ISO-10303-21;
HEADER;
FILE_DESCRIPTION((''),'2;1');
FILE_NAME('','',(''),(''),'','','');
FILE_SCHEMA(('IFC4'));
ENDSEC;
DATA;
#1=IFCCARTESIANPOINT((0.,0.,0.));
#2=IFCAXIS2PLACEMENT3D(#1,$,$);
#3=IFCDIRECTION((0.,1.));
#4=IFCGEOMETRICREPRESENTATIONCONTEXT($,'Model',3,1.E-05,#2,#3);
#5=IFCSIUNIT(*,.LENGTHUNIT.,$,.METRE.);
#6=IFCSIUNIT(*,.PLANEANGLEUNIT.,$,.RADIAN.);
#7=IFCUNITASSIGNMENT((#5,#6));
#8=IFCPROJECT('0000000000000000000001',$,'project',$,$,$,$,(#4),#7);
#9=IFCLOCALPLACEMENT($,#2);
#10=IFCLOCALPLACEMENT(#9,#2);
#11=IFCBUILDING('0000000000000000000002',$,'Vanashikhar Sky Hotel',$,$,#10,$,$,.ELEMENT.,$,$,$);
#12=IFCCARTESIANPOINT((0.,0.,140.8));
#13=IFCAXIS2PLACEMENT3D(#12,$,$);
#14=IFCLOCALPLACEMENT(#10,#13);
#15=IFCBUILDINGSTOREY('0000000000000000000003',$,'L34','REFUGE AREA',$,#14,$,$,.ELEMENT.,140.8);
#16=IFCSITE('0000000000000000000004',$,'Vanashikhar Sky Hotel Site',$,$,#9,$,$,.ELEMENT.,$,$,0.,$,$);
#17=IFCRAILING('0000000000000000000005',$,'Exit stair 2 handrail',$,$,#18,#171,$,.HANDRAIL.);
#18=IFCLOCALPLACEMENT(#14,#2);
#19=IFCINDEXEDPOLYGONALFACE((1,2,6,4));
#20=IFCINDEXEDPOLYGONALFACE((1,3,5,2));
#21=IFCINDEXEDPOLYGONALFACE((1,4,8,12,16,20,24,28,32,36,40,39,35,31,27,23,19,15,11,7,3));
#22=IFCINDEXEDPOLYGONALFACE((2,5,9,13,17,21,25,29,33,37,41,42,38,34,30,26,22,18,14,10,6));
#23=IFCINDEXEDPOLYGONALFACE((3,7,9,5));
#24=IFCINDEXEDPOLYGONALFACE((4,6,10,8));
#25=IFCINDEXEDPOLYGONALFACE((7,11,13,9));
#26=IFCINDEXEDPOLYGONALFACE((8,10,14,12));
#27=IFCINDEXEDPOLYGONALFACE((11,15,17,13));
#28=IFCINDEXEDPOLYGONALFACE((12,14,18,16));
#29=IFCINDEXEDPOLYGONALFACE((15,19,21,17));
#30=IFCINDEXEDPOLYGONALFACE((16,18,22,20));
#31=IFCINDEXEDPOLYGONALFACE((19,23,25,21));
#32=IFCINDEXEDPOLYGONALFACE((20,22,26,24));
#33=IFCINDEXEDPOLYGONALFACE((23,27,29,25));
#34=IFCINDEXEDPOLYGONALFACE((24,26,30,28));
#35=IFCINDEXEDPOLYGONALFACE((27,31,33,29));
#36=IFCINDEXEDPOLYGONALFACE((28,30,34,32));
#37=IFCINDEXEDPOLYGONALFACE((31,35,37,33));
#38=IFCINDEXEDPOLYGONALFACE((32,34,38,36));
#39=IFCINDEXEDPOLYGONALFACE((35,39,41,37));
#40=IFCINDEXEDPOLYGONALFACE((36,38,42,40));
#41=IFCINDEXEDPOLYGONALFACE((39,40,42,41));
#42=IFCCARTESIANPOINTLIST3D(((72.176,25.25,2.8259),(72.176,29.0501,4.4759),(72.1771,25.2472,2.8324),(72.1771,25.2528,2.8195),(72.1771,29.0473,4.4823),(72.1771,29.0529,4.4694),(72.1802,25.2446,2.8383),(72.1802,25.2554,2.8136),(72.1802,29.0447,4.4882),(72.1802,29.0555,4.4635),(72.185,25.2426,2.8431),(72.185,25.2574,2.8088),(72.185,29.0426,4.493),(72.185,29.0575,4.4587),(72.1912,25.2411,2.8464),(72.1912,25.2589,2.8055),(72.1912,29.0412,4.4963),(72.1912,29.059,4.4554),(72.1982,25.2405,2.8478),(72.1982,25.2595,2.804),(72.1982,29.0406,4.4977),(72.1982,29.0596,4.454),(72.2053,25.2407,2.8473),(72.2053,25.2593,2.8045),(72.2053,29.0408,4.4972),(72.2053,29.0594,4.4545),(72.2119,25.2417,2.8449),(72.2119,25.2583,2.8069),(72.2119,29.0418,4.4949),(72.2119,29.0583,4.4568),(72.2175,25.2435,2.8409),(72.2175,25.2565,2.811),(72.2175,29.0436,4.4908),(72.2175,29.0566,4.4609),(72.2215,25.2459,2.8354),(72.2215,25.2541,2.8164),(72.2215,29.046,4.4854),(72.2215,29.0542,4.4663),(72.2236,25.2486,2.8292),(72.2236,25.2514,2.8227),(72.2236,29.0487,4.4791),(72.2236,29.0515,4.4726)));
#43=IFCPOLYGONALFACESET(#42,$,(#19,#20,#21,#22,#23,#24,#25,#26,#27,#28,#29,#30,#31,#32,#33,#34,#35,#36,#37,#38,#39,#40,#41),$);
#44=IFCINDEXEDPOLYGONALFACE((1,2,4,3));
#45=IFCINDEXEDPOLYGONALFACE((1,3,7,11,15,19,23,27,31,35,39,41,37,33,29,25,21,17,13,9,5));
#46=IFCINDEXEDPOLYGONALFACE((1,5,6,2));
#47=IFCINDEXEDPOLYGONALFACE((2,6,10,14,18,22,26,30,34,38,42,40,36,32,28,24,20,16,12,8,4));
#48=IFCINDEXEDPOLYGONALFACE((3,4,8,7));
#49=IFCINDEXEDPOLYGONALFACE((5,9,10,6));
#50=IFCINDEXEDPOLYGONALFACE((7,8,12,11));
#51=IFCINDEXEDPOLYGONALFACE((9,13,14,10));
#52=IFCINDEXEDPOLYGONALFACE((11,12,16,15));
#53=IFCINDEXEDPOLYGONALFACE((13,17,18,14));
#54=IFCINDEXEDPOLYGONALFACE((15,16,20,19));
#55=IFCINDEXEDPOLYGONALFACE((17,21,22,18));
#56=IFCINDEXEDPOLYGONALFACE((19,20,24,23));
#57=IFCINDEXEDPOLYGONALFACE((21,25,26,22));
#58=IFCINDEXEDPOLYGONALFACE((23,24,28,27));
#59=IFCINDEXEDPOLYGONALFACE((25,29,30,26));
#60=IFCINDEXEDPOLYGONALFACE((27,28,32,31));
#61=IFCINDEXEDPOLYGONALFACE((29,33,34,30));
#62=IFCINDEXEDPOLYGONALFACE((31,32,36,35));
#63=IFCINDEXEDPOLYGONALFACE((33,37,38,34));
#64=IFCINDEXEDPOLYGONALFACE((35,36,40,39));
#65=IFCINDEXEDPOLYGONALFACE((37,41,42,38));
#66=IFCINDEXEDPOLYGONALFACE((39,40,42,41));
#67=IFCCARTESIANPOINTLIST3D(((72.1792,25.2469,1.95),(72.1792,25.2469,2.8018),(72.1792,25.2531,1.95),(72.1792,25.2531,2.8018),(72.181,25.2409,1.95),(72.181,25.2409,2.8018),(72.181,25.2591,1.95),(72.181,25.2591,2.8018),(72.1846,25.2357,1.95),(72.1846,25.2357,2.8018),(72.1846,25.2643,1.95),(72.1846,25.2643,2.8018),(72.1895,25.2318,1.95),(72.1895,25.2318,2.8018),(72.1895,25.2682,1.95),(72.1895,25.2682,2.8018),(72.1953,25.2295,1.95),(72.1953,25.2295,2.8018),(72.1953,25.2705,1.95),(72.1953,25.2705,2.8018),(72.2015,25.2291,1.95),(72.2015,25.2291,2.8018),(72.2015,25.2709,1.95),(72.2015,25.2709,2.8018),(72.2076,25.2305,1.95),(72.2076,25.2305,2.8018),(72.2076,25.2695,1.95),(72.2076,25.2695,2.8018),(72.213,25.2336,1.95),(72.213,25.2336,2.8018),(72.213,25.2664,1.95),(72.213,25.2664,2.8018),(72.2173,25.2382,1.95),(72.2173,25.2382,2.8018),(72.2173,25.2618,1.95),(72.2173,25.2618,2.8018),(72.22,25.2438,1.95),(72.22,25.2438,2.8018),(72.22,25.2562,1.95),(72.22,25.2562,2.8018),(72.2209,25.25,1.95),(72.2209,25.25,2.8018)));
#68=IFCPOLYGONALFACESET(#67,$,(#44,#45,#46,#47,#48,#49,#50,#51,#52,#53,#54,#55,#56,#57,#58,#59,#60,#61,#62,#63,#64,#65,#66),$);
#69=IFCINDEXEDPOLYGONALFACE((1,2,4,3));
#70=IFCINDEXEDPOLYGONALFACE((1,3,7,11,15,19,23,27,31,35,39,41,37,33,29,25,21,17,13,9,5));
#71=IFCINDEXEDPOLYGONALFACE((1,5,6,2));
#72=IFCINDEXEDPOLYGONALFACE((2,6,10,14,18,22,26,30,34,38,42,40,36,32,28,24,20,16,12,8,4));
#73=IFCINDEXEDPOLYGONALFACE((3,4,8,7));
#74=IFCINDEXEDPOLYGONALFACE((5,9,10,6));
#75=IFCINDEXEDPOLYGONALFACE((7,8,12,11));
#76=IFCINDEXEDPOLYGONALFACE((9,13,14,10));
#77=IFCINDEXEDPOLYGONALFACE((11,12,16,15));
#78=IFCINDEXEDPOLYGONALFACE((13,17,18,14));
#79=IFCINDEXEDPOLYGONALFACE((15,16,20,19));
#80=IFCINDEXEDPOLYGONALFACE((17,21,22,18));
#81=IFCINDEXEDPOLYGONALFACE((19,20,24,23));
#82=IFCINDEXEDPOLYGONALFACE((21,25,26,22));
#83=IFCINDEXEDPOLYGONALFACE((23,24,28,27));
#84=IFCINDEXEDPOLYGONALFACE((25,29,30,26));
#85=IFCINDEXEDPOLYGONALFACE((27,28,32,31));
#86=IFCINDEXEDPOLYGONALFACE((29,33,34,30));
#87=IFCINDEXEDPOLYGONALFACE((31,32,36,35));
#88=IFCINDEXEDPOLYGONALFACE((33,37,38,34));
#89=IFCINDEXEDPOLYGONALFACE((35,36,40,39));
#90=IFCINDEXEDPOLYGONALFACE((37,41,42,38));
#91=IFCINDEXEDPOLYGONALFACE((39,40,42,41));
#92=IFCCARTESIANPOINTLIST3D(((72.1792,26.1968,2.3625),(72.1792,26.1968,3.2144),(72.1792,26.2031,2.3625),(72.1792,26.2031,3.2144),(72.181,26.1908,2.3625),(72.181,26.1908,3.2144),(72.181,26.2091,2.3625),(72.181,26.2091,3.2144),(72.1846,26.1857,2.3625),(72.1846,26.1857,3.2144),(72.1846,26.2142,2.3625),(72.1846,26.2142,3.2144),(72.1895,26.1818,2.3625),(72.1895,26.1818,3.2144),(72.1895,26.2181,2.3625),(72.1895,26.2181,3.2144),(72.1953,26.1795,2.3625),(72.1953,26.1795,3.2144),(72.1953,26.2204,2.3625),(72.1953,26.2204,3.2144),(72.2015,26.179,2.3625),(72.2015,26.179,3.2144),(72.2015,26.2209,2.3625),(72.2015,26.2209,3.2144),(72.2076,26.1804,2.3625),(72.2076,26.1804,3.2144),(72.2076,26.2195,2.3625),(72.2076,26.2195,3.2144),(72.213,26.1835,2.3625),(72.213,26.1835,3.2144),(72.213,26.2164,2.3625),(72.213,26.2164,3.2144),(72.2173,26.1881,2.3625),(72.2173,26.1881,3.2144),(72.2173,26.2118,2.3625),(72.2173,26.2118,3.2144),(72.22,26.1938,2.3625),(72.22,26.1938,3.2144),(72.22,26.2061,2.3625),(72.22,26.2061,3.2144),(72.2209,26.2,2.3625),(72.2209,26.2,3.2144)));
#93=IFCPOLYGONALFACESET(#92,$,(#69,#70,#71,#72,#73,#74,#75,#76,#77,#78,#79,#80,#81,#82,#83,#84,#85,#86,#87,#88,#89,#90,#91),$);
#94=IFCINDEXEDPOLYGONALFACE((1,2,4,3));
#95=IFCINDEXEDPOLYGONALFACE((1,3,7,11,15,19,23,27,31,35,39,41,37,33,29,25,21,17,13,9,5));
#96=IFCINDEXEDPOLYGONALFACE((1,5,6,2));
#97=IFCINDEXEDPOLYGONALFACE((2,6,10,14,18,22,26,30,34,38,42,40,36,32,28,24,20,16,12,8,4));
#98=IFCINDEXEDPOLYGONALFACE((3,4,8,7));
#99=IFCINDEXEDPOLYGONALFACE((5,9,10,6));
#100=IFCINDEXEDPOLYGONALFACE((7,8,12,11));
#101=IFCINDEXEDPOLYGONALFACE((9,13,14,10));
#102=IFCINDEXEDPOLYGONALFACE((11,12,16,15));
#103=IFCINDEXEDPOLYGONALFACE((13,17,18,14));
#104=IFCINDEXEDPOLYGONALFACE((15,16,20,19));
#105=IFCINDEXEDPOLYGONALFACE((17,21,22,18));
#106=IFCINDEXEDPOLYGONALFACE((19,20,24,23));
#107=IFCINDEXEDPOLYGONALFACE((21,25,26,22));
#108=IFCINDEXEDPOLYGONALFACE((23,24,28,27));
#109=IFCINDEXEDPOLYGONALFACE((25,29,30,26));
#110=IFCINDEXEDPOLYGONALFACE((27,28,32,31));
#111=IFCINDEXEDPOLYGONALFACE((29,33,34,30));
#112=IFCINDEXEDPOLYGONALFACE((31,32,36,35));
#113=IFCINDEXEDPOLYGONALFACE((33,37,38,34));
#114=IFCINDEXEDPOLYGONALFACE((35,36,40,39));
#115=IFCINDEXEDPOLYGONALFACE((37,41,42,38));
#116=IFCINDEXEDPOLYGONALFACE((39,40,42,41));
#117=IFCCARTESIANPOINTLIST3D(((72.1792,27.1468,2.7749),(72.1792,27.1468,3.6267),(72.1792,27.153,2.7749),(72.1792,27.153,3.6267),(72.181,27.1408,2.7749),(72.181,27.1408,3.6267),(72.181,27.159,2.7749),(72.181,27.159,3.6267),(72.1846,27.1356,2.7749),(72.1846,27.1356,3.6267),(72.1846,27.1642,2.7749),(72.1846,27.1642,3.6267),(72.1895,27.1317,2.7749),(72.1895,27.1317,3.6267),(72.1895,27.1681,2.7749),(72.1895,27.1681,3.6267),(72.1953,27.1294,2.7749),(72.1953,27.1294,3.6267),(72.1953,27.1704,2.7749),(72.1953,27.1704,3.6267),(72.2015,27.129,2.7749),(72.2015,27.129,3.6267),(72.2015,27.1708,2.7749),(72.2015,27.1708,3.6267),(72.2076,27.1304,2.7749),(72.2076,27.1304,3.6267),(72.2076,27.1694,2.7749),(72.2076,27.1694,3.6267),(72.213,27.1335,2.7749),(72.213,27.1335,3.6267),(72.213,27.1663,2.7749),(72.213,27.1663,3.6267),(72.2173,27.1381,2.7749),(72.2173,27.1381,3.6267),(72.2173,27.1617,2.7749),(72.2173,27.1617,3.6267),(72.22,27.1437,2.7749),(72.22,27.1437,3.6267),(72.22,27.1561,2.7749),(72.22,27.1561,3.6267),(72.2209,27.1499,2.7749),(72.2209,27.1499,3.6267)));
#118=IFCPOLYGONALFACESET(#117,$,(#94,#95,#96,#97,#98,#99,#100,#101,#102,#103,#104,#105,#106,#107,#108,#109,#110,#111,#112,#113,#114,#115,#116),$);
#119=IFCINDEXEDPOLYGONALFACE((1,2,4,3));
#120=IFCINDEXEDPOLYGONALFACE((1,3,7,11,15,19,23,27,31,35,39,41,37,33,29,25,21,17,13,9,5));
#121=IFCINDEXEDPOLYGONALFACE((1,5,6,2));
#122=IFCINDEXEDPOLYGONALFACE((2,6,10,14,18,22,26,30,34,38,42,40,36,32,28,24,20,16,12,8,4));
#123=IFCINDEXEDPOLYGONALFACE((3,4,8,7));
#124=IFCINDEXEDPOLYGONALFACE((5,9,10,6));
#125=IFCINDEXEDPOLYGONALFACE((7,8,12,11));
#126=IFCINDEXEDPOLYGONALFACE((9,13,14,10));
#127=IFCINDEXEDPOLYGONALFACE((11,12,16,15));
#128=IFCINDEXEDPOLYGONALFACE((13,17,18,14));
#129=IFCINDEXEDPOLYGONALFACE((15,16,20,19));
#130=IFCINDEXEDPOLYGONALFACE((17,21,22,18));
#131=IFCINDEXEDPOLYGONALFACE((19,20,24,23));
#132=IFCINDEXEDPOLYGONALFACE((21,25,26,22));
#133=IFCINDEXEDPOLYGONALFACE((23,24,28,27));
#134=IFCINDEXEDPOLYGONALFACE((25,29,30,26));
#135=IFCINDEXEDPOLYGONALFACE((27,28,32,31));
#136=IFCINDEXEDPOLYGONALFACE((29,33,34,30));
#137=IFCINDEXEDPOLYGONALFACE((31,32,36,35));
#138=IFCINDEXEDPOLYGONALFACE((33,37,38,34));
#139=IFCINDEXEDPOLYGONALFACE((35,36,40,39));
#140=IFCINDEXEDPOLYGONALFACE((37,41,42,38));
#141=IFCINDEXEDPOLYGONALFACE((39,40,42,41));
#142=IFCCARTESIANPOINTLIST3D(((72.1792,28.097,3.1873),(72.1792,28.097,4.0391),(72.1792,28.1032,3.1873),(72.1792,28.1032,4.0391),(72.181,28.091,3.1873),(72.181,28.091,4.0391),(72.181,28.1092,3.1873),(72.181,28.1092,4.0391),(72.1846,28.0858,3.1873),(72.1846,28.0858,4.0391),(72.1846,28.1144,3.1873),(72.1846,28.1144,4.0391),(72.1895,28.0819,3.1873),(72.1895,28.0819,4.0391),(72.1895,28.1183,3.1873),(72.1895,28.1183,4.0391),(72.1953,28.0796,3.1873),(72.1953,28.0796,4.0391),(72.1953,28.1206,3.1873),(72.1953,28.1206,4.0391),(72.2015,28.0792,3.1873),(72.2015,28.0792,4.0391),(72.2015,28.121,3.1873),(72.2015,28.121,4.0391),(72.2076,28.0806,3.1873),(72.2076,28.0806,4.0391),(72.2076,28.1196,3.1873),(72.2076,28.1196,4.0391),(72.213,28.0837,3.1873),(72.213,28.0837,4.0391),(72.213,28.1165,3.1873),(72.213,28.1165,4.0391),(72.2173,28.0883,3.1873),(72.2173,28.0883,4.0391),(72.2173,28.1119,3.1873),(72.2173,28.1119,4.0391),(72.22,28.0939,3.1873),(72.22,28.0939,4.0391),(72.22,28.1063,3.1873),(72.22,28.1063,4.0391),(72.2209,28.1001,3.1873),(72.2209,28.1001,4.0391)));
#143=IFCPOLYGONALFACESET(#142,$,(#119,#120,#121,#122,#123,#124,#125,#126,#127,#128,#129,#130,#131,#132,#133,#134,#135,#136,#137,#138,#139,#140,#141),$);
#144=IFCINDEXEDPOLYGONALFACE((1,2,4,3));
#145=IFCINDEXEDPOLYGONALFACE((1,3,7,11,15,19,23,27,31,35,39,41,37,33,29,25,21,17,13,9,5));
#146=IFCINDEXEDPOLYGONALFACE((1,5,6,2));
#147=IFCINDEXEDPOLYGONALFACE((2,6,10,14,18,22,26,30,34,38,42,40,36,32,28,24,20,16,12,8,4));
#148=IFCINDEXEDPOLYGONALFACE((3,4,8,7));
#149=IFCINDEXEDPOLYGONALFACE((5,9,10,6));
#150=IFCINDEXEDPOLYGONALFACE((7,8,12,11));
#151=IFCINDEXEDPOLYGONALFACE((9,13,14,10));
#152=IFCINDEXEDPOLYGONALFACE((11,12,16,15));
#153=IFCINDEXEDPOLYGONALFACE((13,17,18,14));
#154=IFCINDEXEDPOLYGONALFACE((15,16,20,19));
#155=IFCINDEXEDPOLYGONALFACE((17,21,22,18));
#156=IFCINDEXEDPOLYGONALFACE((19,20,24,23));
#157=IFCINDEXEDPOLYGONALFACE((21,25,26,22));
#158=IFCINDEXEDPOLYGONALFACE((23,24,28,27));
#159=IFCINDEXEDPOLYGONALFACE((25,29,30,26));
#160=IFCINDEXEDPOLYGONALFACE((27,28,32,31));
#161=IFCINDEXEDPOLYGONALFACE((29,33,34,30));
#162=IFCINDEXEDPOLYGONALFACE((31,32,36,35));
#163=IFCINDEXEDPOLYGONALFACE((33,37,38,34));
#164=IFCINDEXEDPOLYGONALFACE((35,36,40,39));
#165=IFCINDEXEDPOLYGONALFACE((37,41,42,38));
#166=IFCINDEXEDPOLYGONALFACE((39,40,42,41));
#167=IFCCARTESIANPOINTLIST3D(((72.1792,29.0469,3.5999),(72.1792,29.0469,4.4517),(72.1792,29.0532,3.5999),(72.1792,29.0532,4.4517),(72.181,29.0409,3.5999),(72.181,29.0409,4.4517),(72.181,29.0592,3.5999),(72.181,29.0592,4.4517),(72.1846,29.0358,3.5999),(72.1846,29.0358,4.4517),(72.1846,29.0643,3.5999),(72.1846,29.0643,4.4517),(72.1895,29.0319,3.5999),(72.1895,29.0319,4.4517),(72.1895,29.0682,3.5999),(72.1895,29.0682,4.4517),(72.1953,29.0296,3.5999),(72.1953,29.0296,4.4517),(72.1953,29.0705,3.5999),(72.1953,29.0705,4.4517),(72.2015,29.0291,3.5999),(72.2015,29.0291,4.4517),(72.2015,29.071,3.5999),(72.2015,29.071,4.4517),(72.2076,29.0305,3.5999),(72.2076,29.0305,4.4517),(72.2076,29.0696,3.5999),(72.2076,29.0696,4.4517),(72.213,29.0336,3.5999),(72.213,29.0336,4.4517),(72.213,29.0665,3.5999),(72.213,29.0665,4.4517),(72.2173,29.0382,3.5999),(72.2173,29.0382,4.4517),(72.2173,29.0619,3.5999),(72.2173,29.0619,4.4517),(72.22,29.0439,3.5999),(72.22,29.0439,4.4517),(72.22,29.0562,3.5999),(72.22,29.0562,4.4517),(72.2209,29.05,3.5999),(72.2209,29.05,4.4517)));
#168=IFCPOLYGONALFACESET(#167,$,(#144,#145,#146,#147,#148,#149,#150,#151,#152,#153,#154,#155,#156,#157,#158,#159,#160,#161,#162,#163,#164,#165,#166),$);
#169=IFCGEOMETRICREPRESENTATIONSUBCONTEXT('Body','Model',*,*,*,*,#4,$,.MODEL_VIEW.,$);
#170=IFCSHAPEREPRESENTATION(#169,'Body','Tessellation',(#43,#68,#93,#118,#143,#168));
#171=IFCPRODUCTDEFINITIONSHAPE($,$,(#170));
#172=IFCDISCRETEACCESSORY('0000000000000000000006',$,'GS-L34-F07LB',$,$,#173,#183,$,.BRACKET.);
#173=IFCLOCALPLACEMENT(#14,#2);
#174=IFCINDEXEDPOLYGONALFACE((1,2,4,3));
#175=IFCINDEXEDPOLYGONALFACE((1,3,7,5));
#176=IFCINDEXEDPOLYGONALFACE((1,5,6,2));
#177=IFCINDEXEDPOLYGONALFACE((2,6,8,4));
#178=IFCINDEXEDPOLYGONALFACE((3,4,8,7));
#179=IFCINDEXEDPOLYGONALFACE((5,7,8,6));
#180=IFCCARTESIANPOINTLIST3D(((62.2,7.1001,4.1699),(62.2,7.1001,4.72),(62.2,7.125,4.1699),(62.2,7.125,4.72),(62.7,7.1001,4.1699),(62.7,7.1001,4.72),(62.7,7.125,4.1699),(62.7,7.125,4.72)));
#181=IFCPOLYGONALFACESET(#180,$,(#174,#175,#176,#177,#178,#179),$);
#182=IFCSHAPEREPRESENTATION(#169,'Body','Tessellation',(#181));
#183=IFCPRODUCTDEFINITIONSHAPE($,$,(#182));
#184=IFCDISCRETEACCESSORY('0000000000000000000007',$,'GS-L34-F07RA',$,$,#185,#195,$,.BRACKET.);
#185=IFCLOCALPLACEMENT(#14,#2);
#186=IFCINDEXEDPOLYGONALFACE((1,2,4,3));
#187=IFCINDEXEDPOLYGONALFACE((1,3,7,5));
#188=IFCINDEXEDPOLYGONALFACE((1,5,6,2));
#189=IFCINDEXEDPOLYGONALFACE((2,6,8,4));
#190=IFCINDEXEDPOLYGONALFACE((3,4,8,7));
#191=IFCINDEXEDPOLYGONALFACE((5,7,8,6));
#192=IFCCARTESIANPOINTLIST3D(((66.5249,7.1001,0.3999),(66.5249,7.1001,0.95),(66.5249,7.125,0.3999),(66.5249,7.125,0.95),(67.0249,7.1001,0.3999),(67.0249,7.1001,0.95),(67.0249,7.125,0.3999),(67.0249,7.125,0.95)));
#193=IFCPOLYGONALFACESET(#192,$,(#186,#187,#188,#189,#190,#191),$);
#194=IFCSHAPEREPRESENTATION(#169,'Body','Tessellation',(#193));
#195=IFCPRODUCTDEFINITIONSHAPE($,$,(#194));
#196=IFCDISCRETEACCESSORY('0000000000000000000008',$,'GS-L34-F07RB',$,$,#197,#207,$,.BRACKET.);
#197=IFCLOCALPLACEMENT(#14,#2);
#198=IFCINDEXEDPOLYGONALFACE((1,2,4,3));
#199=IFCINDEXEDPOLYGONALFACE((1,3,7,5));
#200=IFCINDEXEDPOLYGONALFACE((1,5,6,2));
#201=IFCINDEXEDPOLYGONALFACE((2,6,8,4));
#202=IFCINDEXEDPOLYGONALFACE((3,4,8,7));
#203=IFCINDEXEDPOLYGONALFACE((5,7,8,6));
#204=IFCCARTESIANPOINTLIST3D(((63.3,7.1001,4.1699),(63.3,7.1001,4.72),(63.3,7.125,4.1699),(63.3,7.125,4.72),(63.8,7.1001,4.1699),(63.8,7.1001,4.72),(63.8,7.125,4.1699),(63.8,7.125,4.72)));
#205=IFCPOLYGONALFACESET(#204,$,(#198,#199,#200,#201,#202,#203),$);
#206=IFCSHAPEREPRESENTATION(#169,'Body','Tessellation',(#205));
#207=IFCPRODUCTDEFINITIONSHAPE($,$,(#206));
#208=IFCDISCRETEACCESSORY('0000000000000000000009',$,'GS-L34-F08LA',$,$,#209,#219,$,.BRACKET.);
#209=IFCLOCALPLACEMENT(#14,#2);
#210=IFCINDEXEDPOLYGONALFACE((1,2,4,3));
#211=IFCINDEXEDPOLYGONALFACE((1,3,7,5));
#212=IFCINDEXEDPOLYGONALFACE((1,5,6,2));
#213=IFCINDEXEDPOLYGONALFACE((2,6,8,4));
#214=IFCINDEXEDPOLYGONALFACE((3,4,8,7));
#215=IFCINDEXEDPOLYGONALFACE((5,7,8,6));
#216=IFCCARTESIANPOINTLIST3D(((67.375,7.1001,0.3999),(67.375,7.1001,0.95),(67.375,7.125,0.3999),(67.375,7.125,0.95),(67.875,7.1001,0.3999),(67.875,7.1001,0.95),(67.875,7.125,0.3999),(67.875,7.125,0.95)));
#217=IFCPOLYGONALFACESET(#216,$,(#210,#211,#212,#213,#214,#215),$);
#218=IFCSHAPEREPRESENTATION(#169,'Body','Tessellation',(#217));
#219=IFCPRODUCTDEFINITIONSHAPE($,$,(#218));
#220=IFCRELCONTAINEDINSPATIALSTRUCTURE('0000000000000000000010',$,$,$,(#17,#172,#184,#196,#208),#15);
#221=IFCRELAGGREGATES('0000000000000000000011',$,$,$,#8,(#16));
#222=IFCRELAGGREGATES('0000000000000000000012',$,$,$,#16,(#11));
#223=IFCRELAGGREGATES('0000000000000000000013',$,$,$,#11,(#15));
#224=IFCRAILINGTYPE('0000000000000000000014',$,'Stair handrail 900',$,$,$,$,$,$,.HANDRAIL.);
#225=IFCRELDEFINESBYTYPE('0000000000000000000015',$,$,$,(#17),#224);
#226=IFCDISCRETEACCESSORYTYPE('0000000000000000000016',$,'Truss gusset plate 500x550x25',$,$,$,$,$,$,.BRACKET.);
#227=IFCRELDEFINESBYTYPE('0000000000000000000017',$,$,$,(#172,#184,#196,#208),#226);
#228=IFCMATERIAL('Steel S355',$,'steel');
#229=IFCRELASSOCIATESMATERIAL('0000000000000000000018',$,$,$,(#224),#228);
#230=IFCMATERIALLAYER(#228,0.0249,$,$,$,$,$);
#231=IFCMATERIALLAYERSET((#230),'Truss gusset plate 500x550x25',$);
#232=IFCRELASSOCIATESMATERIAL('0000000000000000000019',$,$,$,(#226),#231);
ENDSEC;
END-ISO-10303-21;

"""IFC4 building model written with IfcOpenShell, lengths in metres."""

from ifc_helpers import new_model, si_unit, direction, frame, origin, origin_2d, place, context, subcontext, project, spatial, rectangle, circle, extrude, source, transform, mapped, material, layer, layer_set, type_object, element, save


model = new_model("IFC4")

# Units and contexts
model_context = context("Model", 3, precision=1e-05, world=origin(), true_north=direction((0.0, 1.0)))
body_context = subcontext(model_context, "Body", "Model", "MODEL_VIEW")
ifc_project = project(units=[si_unit("LENGTHUNIT", "METRE"), si_unit("PLANEANGLEUNIT", "RADIAN")], contexts=[model_context])

# Site, building, storey
site_placement = place(None, origin())
site = spatial("IfcSite", under=ifc_project, at=site_placement, Name="Vanashikhar Sky Hotel Site", CompositionType="ELEMENT", RefElevation=0.0)
building_placement = place(site_placement, origin())
building = spatial("IfcBuilding", under=site, at=building_placement, Name="Vanashikhar Sky Hotel", CompositionType="ELEMENT")
storey_placement = place(building_placement, frame((0.0, 0.0, 140.8)))
storey = spatial("IfcBuildingStorey", under=building, at=storey_placement, Name="L34", Description="REFUGE AREA", CompositionType="ELEMENT", Elevation=140.8)

# Shared definitions
ifc_material_1 = material(Name="Steel S355", Category="steel")

# Railing
railing_type = type_object("IfcRailingType", Name="Stair handrail 900", PredefinedType="HANDRAIL", material=ifc_material_1)
shared_shape_1 = source(origin(), body_context, "Body", "SweptSolid", [
    extrude(circle(Radius=0.0239, at=origin_2d()), frame((0.0, 0.0, 0.876), z_axis=(0.0, 0.917272, 0.398261), x_axis=(-1.0, 0.0, 0.0)), (0.0, 0.0, 1.0), 4.1428),
    extrude(circle(Radius=0.021, at=origin_2d()), origin(), (0.0, 0.0, 1.0), 0.8518),
    extrude(circle(Radius=0.021, at=origin_2d()), frame((0.0, 0.95, 0.4126)), (0.0, 0.0, 1.0), 0.8518),
    extrude(circle(Radius=0.021, at=origin_2d()), frame((0.0, 1.8999, 0.825)), (0.0, 0.0, 1.0), 0.8518),
    extrude(circle(Radius=0.021, at=origin_2d()), frame((0.0, 2.8501, 1.2373)), (0.0, 0.0, 1.0), 0.8518),
    extrude(circle(Radius=0.021, at=origin_2d()), frame((0.0, 3.8, 1.6499)), (0.0, 0.0, 1.0), 0.8518),
])
railing_placement = place(storey_placement, frame((72.2, 25.25, 1.95)))
element("IfcRailing", 1, at=railing_placement, inside=storey, type_object=railing_type, Name="Exit stair 2 handrail", PredefinedType="HANDRAIL", context=body_context, shape_type="MappedRepresentation", body=[
    mapped(shared_shape_1, transform((0.0, 0.0, 0.0), scale=1.0)),
])

# Discrete accessories
ifc_layer_1 = layer(ifc_material_1, 0.0249)
ifc_layer_set_1 = layer_set([ifc_layer_1], Name="Truss gusset plate 500x550x25")
discrete_accessory_type = type_object("IfcDiscreteAccessoryType", Name="Truss gusset plate 500x550x25", PredefinedType="BRACKET", material=ifc_layer_set_1)
shared_shape_2 = source(origin(), body_context, "Body", "SweptSolid", [
    extrude(rectangle(XDim=0.5, YDim=0.0249, at=origin_2d()), origin(), (0.0, 0.0, 1.0), 0.55),
])
for number, where, z_axis, x_axis, name in (
    (2, (62.45, 7.1125, 4.1699), (0.0, 0.0, 1.0), (1.0, 0.0, 0.0), "GS-L34-F07LB"),
    (3, (66.7749, 7.1125, 0.3999), (0.0, 0.0, 1.0), (1.0, 0.0, 0.0), "GS-L34-F07RA"),
    (4, (63.55, 7.1125, 4.1699), (0.0, 0.0, 1.0), (1.0, 0.0, 0.0), "GS-L34-F07RB"),
    (5, (67.625, 7.1125, 0.3999), (0.0, 0.0, 1.0), (1.0, 0.0, 0.0), "GS-L34-F08LA"),
):
    element("IfcDiscreteAccessory", number, at=place(storey_placement, frame(where, z_axis=z_axis, x_axis=x_axis)), inside=storey, type_object=discrete_accessory_type, Name=name, PredefinedType="BRACKET", context=body_context, shape_type="MappedRepresentation", body=[
        mapped(shared_shape_2, transform((0.0, 0.0, 0.0), scale=1.0)),
    ])

save(model, "model.ifc")
